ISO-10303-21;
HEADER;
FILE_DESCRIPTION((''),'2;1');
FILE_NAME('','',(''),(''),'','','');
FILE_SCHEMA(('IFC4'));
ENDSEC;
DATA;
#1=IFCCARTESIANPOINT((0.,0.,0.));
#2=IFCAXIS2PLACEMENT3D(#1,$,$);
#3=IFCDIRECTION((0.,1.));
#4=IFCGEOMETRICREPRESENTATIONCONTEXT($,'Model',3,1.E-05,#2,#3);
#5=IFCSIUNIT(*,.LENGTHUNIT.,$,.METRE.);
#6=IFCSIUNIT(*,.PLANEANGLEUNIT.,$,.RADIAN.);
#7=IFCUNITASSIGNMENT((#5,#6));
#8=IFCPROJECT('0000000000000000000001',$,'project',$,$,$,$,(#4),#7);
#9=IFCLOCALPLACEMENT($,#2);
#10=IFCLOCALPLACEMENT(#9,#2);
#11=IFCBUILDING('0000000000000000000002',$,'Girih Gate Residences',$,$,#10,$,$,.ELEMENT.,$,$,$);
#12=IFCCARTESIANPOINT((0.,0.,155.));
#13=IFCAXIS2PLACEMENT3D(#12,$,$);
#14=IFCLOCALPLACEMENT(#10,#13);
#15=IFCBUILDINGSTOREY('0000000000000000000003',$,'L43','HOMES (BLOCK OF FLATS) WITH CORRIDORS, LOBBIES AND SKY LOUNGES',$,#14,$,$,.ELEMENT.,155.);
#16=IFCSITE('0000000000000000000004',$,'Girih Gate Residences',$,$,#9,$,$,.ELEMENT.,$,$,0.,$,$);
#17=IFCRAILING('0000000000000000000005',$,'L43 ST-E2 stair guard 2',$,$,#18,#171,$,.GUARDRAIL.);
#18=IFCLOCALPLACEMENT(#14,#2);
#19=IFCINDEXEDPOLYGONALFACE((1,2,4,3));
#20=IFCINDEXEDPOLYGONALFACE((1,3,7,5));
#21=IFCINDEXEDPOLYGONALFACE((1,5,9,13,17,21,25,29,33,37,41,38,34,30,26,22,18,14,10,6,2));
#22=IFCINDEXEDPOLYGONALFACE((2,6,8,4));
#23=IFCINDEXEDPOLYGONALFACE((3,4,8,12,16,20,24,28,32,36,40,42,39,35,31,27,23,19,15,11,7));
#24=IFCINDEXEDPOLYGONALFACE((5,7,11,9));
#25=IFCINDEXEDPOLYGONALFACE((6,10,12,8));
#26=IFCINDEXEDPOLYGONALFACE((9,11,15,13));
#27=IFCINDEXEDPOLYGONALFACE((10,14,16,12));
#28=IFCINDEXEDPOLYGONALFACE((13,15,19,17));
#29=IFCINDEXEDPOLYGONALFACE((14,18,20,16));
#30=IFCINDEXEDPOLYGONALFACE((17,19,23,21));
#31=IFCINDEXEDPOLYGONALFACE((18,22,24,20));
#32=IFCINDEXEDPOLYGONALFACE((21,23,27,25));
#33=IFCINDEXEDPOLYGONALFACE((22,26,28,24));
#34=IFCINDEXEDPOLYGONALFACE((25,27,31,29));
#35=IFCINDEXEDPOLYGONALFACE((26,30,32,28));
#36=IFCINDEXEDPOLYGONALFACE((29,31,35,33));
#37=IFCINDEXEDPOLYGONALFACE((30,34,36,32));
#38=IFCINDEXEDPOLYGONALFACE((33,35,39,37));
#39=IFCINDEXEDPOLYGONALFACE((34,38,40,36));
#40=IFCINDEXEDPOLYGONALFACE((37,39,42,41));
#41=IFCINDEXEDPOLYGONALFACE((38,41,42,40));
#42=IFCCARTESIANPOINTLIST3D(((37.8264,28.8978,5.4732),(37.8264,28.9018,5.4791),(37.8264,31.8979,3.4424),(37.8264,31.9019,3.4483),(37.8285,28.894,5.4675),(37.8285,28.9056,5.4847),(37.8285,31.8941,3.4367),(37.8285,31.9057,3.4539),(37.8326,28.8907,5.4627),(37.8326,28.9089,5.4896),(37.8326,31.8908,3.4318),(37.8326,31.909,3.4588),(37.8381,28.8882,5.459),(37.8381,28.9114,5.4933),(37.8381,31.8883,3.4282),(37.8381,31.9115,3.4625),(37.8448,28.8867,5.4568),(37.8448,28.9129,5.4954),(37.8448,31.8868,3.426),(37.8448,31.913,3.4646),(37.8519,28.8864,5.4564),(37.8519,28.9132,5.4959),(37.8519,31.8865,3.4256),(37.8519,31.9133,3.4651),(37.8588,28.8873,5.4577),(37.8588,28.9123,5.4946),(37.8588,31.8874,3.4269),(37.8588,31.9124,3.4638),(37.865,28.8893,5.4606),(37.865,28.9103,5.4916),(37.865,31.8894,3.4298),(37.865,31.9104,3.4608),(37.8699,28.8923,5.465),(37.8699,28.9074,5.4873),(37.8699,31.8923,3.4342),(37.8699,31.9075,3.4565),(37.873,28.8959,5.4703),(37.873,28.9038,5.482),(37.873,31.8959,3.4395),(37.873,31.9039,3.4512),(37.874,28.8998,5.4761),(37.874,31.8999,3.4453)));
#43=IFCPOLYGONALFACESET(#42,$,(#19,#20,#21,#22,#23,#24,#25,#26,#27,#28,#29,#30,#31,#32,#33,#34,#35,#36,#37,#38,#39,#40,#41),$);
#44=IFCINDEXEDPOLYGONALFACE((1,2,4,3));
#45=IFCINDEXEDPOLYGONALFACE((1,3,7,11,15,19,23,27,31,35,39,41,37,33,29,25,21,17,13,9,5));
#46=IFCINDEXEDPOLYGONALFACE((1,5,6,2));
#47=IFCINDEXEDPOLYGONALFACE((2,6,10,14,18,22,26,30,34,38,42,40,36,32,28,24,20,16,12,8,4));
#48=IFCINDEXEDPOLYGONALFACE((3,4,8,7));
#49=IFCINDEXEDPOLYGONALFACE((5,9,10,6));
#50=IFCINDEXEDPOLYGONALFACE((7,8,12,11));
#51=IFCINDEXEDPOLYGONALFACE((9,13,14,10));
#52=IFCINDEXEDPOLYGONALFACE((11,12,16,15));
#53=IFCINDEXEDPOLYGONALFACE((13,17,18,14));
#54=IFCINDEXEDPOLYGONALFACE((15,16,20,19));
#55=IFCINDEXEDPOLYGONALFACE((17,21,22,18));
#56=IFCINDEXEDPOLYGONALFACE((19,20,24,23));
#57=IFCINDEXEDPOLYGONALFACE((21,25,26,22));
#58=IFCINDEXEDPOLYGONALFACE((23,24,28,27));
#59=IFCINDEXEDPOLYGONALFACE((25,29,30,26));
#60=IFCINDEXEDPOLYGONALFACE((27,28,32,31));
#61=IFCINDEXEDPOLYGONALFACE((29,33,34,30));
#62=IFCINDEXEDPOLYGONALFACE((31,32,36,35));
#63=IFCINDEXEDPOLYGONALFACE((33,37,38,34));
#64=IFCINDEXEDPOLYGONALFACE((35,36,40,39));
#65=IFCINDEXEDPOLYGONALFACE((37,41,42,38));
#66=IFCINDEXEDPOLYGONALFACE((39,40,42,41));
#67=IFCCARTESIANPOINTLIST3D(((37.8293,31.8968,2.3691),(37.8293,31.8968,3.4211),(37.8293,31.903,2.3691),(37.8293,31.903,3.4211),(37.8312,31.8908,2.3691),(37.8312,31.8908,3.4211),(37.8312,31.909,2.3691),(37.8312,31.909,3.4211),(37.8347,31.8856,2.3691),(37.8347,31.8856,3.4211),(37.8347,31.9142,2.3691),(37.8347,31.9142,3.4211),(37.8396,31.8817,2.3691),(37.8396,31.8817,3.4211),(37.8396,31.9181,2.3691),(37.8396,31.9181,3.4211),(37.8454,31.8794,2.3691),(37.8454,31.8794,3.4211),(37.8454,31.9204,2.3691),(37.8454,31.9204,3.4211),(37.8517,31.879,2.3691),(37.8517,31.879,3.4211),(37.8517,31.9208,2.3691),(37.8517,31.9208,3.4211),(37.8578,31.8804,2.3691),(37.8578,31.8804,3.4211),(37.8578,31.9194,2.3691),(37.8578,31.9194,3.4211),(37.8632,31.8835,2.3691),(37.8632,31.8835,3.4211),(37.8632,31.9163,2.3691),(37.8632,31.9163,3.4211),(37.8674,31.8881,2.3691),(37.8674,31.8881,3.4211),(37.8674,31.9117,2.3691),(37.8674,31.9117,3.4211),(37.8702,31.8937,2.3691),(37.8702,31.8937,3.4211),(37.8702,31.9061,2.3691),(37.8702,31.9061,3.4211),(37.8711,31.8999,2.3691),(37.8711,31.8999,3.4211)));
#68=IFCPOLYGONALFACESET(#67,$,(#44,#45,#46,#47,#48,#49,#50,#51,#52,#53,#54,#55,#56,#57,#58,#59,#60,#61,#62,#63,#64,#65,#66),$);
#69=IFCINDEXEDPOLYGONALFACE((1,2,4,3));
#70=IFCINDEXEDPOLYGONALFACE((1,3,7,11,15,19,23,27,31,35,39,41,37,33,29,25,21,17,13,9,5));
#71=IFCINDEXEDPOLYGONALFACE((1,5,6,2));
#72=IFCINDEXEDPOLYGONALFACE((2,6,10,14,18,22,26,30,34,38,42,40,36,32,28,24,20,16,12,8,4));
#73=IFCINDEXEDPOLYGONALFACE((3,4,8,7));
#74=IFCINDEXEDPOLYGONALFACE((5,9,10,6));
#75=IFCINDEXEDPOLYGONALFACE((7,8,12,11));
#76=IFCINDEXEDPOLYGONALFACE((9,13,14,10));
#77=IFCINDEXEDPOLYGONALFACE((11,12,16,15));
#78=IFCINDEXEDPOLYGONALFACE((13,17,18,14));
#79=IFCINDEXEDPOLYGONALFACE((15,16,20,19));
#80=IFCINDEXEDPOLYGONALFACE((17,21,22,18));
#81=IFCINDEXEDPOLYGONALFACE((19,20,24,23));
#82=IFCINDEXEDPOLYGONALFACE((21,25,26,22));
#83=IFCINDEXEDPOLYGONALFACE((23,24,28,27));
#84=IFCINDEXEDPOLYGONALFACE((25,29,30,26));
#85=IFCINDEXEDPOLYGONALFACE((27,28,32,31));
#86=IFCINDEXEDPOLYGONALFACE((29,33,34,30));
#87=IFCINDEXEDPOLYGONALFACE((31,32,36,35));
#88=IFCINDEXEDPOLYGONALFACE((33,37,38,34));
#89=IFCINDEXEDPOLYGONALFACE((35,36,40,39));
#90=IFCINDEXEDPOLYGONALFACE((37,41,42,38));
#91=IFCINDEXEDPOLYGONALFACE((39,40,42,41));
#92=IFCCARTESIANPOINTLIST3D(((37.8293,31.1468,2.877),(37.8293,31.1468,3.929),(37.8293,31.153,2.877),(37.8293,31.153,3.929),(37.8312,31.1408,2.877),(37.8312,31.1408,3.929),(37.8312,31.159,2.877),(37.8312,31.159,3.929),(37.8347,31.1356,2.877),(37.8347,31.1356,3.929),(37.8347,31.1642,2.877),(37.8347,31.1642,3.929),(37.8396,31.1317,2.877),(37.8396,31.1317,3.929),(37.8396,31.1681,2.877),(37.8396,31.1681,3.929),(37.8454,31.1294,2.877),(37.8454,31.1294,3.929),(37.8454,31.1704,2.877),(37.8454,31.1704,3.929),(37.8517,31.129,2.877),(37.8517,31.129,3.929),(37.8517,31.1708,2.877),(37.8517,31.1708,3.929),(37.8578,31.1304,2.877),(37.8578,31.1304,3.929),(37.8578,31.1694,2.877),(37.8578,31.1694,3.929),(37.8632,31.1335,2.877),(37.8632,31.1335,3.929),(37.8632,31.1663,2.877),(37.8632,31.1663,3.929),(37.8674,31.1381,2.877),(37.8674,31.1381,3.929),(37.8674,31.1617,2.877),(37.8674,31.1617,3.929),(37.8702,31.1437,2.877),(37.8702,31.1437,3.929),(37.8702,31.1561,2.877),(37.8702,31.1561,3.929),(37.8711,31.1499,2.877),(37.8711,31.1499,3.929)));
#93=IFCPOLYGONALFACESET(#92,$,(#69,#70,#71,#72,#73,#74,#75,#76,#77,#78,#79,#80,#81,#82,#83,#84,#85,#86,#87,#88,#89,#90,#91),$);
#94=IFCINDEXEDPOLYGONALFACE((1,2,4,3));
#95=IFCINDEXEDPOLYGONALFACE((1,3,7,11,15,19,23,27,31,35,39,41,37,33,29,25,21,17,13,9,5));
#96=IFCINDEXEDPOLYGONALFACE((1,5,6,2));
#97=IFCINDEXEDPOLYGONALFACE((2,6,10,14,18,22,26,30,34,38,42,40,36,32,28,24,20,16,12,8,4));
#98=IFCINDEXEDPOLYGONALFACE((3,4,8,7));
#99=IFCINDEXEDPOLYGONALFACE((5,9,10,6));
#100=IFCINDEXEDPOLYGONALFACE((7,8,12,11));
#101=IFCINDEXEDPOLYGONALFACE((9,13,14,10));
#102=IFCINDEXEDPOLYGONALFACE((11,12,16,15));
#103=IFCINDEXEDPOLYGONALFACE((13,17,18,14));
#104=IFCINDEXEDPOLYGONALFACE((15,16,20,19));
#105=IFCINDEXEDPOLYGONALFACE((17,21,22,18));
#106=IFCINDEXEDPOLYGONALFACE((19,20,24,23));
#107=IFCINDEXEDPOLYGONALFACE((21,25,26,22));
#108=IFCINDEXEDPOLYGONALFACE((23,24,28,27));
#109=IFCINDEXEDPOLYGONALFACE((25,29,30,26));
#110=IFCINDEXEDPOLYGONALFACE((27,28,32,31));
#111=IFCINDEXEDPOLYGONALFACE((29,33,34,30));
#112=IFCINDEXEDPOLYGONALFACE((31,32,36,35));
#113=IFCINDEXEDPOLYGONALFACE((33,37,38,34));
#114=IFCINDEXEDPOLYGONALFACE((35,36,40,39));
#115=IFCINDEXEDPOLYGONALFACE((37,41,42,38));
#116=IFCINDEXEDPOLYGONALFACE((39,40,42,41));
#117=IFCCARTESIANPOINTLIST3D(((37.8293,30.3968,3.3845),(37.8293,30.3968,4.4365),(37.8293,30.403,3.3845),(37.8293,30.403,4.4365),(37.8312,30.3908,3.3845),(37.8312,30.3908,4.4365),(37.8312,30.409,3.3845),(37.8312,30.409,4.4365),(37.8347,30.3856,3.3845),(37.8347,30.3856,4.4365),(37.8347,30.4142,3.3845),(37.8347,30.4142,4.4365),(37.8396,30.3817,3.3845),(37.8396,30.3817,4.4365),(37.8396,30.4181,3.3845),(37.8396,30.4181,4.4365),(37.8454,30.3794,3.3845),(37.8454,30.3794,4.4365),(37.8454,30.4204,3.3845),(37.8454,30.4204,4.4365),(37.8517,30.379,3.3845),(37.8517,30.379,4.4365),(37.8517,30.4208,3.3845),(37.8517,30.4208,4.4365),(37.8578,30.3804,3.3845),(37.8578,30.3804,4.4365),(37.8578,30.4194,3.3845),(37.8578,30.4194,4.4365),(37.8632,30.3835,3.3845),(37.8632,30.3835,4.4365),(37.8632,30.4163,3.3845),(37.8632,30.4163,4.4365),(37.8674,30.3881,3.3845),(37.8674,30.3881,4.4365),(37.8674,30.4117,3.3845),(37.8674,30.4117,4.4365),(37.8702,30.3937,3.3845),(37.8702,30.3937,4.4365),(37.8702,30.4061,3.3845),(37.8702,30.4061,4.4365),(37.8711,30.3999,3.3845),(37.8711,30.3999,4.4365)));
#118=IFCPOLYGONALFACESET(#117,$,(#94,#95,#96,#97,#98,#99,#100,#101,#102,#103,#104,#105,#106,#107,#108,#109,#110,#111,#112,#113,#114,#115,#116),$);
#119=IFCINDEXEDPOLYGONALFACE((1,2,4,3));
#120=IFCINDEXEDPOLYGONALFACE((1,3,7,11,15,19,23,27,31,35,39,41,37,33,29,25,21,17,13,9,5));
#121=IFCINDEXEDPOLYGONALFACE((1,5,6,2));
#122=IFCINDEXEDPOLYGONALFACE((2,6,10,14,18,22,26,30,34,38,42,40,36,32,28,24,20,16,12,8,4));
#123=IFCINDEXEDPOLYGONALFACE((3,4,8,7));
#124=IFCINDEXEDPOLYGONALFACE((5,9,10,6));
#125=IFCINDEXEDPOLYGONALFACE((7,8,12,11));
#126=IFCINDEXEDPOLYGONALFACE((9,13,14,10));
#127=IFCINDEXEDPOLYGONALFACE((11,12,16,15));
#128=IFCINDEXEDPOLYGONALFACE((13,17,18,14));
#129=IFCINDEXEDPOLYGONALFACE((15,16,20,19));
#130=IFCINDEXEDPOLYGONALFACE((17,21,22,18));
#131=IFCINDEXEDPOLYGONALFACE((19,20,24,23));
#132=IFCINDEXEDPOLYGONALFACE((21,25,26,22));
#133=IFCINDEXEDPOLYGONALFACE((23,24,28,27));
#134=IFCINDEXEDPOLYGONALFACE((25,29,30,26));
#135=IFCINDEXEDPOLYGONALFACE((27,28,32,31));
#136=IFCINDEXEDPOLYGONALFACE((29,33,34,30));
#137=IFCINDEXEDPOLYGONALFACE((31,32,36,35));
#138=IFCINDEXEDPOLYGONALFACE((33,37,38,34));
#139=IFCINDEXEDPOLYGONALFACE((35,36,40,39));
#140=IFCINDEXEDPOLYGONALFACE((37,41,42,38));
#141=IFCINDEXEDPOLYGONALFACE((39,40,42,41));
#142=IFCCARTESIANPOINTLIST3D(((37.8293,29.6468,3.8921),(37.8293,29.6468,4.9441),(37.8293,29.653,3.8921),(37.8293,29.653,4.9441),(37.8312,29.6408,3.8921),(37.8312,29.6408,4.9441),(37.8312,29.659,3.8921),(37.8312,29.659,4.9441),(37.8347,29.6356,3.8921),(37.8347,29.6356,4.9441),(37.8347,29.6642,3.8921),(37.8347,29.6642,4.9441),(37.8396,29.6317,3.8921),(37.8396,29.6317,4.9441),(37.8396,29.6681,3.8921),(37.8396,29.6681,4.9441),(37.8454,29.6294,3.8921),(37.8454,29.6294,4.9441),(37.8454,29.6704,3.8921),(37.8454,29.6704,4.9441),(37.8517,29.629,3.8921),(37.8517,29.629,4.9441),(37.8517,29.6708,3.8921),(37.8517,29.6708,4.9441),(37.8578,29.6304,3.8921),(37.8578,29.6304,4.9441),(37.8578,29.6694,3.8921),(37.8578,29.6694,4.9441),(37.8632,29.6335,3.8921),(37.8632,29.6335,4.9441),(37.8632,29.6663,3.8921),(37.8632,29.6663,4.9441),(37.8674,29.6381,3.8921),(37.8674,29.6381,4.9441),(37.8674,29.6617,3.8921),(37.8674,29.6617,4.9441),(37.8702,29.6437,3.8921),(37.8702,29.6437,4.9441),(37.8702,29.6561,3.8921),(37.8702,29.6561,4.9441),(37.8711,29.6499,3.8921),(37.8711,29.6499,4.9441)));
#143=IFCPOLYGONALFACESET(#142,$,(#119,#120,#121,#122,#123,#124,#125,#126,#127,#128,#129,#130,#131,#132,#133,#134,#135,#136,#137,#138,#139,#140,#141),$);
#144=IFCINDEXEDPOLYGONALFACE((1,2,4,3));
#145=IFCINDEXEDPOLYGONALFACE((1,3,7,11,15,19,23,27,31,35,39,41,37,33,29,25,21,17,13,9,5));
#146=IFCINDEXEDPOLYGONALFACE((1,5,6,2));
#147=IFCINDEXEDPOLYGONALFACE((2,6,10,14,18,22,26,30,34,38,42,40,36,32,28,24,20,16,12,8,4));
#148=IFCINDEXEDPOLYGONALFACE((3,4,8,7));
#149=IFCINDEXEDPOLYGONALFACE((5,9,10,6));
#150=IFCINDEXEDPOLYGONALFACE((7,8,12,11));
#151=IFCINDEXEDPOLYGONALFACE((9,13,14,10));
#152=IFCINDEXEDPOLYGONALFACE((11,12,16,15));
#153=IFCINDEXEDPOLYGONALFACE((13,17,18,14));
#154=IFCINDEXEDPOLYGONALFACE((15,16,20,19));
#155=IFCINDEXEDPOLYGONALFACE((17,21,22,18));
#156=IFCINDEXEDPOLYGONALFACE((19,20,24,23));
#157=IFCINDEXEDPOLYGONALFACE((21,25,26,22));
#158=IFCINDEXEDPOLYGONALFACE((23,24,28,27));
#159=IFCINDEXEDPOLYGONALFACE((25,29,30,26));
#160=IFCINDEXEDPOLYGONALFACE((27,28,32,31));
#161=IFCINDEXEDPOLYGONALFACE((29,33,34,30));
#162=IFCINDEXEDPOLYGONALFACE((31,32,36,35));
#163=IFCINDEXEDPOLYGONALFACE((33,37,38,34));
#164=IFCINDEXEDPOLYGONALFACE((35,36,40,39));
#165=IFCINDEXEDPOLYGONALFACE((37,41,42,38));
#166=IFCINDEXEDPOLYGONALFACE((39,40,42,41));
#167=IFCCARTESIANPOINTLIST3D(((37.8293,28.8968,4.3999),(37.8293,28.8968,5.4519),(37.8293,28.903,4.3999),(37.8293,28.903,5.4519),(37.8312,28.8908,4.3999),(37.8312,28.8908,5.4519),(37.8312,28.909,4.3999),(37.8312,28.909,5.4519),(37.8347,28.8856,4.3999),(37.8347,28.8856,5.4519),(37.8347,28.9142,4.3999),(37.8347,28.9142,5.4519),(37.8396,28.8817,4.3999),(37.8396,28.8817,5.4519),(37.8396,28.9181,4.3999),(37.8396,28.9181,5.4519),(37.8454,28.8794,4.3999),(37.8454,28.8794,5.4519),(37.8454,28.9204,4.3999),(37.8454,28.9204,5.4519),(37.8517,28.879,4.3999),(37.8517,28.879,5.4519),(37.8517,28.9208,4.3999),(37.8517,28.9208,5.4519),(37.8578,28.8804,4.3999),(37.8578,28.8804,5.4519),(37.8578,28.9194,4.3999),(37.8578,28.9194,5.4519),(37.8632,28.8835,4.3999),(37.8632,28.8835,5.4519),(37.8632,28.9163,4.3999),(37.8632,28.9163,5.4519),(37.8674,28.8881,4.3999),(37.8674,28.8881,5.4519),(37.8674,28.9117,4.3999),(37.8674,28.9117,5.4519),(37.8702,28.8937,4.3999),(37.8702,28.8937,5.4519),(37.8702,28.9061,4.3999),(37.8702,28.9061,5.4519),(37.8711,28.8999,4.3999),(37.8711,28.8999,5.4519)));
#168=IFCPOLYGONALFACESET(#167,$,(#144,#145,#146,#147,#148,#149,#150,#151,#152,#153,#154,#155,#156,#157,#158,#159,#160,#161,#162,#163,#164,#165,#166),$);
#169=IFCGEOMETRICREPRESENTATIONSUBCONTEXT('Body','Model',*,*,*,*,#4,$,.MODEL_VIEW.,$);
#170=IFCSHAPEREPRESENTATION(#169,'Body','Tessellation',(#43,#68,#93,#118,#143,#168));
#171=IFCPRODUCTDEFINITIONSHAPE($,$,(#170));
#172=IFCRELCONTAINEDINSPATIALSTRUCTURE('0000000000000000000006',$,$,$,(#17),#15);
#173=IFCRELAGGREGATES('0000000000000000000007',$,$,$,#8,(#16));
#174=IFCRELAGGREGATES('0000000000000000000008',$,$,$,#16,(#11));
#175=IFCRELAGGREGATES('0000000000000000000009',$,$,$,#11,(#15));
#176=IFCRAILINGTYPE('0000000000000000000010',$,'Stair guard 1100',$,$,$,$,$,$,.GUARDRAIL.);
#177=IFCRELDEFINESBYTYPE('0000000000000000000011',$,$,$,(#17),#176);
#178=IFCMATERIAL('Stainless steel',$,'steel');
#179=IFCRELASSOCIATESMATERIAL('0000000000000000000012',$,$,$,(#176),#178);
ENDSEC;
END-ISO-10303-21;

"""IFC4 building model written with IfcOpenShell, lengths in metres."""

from ifc_helpers import new_model, si_unit, direction, frame, origin, origin_2d, place, context, subcontext, project, spatial, circle, extrude, material, type_object, element, save


model = new_model("IFC4")

# Units and contexts
model_context = context("Model", 3, precision=1e-05, world=origin(), true_north=direction((0.0, 1.0)))
body_context = subcontext(model_context, "Body", "Model", "MODEL_VIEW")
ifc_project = project(units=[si_unit("LENGTHUNIT", "METRE"), si_unit("PLANEANGLEUNIT", "RADIAN")], contexts=[model_context])

# Site, building, storey
site_placement = place(None, origin())
site = spatial("IfcSite", under=ifc_project, at=site_placement, Name="Girih Gate Residences", CompositionType="ELEMENT", RefElevation=0.0)
building_placement = place(site_placement, origin())
building = spatial("IfcBuilding", under=site, at=building_placement, Name="Girih Gate Residences", CompositionType="ELEMENT")
storey_placement = place(building_placement, frame((0.0, 0.0, 155.0)))
storey = spatial("IfcBuildingStorey", under=building, at=storey_placement, Name="L43", Description="HOMES (BLOCK OF FLATS) WITH CORRIDORS, LOBBIES AND SKY LOUNGES", CompositionType="ELEMENT", Elevation=155.0)

# Railing
ifc_material_1 = material(Name="Stainless steel", Category="steel")
railing_type_1 = type_object("IfcRailingType", Name="Stair guard 1100", PredefinedType="GUARDRAIL", material=ifc_material_1)
railing_1_placement = place(storey_placement, frame((37.8501, 31.8999, 2.3691)))
element("IfcRailing", 1, at=railing_1_placement, inside=storey, type_object=railing_type_1, Name="L43 ST-E2 stair guard 2", PredefinedType="GUARDRAIL", context=body_context, shape_type="SweptSolid", body=[
    extrude(circle(Radius=0.0239, at=origin_2d()), frame((0.0, 0.0, 1.0762), z_axis=(0.0, -0.82811, 0.560565), x_axis=(1.0, 0.0, 0.0)), (0.0, 0.0, 1.0), 3.6228),
    extrude(circle(Radius=0.021, at=origin_2d()), origin(), (0.0, 0.0, 1.0), 1.052),
    extrude(circle(Radius=0.021, at=origin_2d()), frame((0.0, -0.75, 0.5078)), (0.0, 0.0, 1.0), 1.052),
    extrude(circle(Radius=0.021, at=origin_2d()), frame((0.0, -1.5, 1.0154)), (0.0, 0.0, 1.0), 1.052),
    extrude(circle(Radius=0.021, at=origin_2d()), frame((0.0, -2.25, 1.5229)), (0.0, 0.0, 1.0), 1.052),
    extrude(circle(Radius=0.021, at=origin_2d()), frame((0.0, -3.0, 2.0308)), (0.0, 0.0, 1.0), 1.052),
])

save(model, "model.ifc")
